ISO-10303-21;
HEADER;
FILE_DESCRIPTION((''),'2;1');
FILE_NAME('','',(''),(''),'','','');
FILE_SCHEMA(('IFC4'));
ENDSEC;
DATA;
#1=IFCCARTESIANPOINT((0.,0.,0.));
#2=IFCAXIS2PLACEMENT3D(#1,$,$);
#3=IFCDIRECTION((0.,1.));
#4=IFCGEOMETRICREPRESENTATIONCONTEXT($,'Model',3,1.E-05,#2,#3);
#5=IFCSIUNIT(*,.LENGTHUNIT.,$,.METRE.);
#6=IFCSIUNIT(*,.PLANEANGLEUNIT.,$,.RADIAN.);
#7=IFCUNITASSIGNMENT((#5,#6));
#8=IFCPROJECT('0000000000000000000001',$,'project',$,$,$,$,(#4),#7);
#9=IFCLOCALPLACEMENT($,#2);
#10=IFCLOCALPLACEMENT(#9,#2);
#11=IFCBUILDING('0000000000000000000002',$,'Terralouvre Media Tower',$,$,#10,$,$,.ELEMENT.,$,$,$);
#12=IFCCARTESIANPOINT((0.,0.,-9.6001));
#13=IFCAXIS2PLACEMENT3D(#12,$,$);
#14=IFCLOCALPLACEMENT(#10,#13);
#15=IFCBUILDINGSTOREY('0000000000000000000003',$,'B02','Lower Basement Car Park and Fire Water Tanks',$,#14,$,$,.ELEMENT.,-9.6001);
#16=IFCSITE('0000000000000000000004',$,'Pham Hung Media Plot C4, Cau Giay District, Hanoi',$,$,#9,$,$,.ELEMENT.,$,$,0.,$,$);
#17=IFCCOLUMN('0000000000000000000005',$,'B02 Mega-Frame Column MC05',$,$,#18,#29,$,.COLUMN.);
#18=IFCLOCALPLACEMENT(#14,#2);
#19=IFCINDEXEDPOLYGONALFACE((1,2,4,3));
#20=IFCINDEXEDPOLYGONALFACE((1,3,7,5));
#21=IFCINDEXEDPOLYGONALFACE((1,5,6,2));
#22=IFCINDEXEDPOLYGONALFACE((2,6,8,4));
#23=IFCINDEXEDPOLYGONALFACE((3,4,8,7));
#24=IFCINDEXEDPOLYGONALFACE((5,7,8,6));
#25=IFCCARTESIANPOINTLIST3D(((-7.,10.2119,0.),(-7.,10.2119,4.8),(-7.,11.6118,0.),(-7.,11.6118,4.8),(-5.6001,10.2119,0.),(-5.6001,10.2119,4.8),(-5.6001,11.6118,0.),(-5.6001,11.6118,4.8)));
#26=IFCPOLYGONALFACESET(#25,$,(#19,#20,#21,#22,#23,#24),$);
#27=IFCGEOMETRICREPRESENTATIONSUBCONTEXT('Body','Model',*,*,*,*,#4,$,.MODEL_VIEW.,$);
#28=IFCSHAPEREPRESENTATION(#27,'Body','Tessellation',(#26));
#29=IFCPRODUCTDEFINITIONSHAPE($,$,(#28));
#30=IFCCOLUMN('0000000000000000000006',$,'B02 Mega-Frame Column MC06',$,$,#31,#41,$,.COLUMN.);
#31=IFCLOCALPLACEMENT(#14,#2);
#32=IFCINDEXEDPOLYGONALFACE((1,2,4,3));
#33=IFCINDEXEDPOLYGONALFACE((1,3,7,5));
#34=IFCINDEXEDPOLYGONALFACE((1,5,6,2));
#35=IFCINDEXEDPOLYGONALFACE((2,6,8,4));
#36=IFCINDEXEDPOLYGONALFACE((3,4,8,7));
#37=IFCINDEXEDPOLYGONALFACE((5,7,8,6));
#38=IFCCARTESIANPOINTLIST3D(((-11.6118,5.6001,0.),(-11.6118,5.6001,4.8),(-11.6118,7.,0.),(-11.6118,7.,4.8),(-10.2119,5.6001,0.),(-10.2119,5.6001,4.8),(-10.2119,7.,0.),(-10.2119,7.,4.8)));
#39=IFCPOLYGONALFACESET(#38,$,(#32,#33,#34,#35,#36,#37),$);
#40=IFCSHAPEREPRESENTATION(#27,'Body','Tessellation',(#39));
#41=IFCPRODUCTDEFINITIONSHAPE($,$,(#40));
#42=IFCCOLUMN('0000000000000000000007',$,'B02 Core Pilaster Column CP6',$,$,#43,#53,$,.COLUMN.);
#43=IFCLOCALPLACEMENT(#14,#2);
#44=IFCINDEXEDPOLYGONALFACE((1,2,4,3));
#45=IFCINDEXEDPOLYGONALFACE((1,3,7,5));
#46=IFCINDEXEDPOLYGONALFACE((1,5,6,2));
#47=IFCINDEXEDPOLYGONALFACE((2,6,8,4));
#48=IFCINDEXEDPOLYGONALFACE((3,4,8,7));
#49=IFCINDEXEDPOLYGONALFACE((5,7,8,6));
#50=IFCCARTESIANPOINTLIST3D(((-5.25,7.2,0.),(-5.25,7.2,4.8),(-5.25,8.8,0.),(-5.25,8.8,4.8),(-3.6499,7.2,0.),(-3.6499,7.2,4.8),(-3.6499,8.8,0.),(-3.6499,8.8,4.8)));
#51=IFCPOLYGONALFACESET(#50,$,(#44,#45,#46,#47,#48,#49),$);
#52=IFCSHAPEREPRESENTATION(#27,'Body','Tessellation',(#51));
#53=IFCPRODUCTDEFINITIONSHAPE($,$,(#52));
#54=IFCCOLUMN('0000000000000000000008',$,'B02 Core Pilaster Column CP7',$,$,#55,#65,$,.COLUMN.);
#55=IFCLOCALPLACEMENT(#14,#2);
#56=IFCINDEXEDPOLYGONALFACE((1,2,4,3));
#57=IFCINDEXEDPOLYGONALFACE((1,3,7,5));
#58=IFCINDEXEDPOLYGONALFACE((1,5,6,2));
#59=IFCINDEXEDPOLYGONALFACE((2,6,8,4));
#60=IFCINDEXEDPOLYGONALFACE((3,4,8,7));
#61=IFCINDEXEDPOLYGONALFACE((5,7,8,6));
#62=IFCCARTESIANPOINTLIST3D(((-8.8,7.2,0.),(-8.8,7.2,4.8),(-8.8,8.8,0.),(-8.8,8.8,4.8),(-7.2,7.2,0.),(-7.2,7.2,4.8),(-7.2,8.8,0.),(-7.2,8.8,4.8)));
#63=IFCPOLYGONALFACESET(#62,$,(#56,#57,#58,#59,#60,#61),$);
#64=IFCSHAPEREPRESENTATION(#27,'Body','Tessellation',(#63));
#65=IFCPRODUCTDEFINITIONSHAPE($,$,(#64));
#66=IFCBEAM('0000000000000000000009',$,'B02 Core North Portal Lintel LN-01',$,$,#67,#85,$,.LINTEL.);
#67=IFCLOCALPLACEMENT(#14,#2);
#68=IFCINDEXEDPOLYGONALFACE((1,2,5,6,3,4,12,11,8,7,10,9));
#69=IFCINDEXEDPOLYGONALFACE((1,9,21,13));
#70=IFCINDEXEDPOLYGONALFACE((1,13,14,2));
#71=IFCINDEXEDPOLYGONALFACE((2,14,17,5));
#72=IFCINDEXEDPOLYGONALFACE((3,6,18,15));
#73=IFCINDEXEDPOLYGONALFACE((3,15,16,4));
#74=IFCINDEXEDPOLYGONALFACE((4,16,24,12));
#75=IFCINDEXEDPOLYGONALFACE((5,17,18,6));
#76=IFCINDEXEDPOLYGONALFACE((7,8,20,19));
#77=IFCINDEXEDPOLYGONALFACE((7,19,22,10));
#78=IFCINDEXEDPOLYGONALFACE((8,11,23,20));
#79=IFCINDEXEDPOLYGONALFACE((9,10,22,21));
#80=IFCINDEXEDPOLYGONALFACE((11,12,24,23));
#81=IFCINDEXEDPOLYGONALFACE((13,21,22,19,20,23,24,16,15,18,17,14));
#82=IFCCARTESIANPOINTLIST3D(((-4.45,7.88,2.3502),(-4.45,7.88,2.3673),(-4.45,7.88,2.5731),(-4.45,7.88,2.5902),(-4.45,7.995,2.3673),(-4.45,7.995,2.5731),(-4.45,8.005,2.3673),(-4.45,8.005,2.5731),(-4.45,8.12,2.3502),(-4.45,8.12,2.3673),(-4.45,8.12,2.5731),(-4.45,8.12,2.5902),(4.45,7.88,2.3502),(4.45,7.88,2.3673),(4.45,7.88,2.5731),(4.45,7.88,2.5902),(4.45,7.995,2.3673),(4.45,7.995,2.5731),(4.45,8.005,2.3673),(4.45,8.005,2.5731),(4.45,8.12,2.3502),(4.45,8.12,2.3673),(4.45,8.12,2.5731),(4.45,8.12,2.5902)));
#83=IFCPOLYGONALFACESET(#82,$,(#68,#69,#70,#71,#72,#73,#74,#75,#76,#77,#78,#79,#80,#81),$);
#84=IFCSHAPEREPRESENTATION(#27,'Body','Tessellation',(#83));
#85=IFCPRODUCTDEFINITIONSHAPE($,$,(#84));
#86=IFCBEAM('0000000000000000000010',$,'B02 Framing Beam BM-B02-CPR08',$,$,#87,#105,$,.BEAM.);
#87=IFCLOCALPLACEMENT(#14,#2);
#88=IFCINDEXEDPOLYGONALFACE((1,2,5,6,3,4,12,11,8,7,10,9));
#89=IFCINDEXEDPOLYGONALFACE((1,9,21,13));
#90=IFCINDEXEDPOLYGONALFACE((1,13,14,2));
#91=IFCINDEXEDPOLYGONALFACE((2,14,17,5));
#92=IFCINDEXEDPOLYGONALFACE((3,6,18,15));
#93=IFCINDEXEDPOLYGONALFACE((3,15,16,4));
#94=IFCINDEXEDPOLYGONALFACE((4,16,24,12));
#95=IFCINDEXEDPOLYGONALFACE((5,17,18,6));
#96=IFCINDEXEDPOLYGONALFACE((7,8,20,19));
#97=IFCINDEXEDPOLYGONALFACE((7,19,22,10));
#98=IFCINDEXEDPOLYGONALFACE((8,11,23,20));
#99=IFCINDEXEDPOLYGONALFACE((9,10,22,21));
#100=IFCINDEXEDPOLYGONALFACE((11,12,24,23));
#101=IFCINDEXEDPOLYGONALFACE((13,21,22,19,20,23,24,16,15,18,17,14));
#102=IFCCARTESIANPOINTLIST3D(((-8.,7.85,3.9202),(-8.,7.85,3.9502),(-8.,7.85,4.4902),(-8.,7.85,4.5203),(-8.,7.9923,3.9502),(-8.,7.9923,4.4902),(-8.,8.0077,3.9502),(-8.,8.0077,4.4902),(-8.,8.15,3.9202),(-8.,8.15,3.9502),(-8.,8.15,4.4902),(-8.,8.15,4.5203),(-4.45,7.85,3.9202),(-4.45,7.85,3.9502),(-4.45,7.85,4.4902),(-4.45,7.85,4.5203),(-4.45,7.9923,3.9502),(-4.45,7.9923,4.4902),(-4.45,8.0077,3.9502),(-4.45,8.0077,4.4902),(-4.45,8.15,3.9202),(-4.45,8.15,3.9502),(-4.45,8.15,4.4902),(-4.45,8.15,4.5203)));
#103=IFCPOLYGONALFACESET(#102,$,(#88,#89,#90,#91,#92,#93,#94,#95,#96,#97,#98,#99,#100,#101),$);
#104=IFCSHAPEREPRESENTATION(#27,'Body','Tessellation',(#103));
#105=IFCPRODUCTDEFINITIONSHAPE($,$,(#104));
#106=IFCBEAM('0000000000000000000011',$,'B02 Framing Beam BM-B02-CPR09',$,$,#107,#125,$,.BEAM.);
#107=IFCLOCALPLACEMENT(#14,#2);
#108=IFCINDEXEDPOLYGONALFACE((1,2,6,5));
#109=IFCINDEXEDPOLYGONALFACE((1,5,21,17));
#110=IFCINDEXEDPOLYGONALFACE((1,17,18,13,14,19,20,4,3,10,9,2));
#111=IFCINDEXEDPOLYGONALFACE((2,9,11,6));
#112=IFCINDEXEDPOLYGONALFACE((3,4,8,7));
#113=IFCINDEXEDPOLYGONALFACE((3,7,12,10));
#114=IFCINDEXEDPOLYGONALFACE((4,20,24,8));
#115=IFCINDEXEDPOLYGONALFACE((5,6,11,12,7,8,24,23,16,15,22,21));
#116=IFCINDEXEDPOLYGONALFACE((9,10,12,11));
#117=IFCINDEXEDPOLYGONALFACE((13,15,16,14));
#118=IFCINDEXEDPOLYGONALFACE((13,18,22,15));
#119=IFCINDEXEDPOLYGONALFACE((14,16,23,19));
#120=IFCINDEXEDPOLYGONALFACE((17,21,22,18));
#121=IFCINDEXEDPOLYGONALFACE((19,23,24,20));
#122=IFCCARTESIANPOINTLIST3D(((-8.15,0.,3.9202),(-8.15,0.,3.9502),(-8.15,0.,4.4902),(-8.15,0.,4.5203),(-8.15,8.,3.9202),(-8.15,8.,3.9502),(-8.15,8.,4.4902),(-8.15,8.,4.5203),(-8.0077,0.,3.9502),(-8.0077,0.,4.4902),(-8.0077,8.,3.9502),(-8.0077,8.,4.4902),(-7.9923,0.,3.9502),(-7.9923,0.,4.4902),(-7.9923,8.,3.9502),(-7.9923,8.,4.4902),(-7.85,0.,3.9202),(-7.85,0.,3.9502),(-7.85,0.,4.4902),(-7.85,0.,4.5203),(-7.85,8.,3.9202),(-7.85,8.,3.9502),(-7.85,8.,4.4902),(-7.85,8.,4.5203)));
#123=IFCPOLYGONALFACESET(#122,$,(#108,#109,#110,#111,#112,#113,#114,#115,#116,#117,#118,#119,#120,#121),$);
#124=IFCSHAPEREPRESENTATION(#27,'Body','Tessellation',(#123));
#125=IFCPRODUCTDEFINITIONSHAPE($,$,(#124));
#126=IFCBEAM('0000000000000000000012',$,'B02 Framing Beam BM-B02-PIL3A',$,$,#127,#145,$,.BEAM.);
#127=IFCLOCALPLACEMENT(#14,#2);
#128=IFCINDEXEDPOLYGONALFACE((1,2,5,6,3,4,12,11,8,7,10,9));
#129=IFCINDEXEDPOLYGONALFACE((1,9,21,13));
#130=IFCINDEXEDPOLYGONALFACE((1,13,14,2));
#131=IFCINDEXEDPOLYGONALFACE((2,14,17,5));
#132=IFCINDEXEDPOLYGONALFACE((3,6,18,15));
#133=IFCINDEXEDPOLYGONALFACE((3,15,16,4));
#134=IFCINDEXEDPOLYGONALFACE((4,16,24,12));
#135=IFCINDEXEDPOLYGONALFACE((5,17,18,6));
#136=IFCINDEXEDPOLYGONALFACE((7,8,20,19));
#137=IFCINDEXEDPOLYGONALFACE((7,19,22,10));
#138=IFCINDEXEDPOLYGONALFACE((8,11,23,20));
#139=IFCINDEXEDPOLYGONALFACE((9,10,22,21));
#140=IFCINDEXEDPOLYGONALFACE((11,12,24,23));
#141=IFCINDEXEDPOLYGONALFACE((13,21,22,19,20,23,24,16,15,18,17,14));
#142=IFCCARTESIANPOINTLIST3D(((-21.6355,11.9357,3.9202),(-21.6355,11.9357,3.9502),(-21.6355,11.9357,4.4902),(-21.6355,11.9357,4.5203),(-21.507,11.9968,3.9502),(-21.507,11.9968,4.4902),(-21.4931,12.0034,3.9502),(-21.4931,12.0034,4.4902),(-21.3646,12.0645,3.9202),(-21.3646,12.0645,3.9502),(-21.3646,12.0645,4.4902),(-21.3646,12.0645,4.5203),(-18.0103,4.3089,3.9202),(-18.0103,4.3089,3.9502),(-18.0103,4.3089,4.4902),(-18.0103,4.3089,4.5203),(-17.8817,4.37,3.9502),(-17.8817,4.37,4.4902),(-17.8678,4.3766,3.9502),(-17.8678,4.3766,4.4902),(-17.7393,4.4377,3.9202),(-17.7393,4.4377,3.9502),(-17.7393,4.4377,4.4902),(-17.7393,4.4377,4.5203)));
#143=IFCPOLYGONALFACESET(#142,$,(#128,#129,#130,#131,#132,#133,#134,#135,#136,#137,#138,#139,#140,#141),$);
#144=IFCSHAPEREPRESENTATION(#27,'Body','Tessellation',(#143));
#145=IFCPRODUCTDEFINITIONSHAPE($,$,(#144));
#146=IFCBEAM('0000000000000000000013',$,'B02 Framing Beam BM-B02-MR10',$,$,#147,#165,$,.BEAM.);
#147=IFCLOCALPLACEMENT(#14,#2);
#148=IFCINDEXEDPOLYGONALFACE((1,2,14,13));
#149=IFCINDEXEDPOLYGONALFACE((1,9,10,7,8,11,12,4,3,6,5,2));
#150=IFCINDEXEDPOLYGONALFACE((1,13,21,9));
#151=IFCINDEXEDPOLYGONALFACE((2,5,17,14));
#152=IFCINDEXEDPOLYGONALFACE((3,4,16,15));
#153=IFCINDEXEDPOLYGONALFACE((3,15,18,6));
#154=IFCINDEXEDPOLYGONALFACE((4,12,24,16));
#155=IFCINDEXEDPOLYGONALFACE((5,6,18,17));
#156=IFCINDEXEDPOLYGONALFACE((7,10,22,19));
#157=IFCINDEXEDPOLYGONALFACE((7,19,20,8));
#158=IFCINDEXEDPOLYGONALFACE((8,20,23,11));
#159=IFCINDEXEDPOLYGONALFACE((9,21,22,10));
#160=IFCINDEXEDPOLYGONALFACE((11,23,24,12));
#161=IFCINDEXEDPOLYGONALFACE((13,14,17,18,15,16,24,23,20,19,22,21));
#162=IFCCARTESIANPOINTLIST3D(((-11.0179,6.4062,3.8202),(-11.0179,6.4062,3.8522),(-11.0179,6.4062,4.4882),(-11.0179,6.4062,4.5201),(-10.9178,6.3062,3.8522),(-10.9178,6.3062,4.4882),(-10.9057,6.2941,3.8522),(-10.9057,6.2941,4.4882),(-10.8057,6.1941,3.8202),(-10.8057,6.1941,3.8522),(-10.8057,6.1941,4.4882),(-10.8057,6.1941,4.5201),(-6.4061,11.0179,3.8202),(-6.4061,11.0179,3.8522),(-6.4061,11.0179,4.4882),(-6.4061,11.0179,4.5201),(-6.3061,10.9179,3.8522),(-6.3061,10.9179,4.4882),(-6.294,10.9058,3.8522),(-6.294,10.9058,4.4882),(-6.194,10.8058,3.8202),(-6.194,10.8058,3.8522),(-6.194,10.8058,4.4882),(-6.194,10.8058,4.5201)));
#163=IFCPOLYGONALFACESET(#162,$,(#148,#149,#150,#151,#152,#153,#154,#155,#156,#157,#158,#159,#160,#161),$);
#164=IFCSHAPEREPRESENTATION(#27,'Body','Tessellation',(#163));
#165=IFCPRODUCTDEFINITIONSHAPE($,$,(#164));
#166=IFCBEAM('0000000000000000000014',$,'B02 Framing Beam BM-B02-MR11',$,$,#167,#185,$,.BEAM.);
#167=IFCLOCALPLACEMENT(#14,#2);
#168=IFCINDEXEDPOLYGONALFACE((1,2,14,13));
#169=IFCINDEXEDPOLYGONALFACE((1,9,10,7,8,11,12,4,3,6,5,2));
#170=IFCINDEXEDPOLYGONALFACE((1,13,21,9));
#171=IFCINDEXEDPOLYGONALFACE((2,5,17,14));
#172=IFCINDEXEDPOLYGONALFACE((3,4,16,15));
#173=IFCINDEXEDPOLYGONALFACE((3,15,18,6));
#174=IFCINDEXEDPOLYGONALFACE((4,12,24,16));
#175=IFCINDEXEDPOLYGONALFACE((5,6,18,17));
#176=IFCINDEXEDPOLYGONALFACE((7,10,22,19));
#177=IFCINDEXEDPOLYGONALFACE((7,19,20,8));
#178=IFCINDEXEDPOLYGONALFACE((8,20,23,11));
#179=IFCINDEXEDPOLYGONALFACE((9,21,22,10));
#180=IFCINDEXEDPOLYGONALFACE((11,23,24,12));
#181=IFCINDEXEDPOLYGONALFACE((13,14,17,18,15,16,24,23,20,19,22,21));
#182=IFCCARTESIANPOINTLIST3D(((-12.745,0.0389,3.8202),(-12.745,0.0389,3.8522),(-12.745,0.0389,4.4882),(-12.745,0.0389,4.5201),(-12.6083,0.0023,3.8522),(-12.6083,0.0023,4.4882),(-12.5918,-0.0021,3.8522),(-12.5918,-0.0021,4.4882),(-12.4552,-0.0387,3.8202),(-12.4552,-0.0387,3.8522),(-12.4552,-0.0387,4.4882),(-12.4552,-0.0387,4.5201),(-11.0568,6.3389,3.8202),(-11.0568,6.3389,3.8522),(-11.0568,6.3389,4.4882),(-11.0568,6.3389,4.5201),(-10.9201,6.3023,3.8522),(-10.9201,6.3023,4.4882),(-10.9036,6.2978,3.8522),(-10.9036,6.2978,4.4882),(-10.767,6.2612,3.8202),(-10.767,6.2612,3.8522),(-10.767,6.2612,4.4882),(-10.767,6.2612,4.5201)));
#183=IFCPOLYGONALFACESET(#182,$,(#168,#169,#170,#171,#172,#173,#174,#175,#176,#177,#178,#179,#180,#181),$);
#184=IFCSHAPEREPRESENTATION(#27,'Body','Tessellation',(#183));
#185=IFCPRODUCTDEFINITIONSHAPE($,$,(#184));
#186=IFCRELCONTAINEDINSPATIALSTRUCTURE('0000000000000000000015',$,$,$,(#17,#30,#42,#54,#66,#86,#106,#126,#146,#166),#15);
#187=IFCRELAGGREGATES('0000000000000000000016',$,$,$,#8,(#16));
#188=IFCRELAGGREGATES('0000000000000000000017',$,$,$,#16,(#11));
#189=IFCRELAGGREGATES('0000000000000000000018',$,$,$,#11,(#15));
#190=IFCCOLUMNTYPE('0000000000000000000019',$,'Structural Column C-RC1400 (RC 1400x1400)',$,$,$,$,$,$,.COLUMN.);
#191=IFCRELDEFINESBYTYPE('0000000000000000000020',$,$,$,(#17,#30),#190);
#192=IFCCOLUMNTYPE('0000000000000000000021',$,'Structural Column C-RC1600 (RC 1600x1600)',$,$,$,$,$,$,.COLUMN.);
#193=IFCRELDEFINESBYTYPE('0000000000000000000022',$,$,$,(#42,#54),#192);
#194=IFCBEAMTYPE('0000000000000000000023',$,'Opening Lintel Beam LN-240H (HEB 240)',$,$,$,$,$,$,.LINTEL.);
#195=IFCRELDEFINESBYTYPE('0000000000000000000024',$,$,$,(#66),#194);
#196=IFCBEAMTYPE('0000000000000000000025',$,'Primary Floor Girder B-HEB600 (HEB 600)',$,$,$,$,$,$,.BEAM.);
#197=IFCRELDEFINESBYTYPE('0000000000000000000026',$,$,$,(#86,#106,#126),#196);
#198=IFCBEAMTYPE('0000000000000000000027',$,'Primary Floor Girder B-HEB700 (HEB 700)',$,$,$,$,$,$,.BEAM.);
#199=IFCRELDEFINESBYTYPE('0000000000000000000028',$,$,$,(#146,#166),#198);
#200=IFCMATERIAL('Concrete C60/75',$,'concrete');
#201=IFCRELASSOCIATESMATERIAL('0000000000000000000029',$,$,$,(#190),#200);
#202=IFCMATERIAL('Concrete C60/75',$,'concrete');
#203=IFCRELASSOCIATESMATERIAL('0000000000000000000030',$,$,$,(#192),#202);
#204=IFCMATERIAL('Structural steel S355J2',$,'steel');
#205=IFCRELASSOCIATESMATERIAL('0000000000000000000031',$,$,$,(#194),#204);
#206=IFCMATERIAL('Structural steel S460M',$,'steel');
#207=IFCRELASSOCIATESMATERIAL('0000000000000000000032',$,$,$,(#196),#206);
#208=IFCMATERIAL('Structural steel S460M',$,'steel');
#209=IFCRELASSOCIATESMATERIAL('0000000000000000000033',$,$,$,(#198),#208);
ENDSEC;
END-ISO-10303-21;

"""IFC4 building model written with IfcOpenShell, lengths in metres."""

from ifc_helpers import new_model, si_unit, direction, frame, origin, origin_2d, place, context, subcontext, project, spatial, rectangle, i_section, extrude, material, material_profile, profile_set, type_object, element, save


model = new_model("IFC4")

# Units and contexts
model_context = context("Model", 3, precision=1e-05, world=origin(), true_north=direction((0.0, 1.0)))
body_context = subcontext(model_context, "Body", "Model", "MODEL_VIEW")
ifc_project = project(units=[si_unit("LENGTHUNIT", "METRE"), si_unit("PLANEANGLEUNIT", "RADIAN")], contexts=[model_context])

# Site, building, storey
site_placement = place(None, origin())
site = spatial("IfcSite", under=ifc_project, at=site_placement, Name="Pham Hung Media Plot C4, Cau Giay District, Hanoi", CompositionType="ELEMENT", RefElevation=0.0)
building_placement = place(site_placement, origin())
building = spatial("IfcBuilding", under=site, at=building_placement, Name="Terralouvre Media Tower", CompositionType="ELEMENT")
storey_placement = place(building_placement, frame((0.0, 0.0, -9.6001)))
storey = spatial("IfcBuildingStorey", under=building, at=storey_placement, Name="B02", Description="Lower Basement Car Park and Fire Water Tanks", CompositionType="ELEMENT", Elevation=-9.6001)

# Columns
ifc_material_1 = material(Name="Concrete C60/75", Category="concrete")
ifc_material_profile_1 = material_profile(ifc_material_1, rectangle(XDim=1.3999, YDim=1.3999, at=origin_2d()), Name="RC 1400x1400")
ifc_profile_set_1 = profile_set([ifc_material_profile_1], Name="Concrete C60/75")
column_type_1 = type_object("IfcColumnType", Name="Structural Column C-RC1400 (RC 1400x1400)", PredefinedType="COLUMN", material=ifc_profile_set_1)
for number, where, z_axis, x_axis, name in (
    (1, (-6.3, 10.9119, 0.0), (0.0, 0.0, 1.0), (1.0, 0.0, 0.0), "B02 Mega-Frame Column MC05"),
    (2, (-10.9119, 6.3, 0.0), (0.0, 0.0, 1.0), (1.0, 0.0, 0.0), "B02 Mega-Frame Column MC06"),
):
    element("IfcColumn", number, at=place(storey_placement, frame(where, z_axis=z_axis, x_axis=x_axis)), inside=storey, type_object=column_type_1, Name=name, PredefinedType="COLUMN", context=body_context, shape_type="SweptSolid", body=[
        extrude(rectangle(XDim=1.3999, YDim=1.3999, at=origin_2d()), origin(), (0.0, 0.0, 1.0), 4.8),
    ])
ifc_material_2 = material(Name="Concrete C60/75", Category="concrete")
ifc_material_profile_2 = material_profile(ifc_material_2, rectangle(XDim=1.6001, YDim=1.6001, at=origin_2d()), Name="RC 1600x1600")
ifc_profile_set_2 = profile_set([ifc_material_profile_2], Name="Concrete C60/75")
column_type_2 = type_object("IfcColumnType", Name="Structural Column C-RC1600 (RC 1600x1600)", PredefinedType="COLUMN", material=ifc_profile_set_2)
for number, where, z_axis, x_axis, name in (
    (3, (-4.45, 8.0, 0.0), (0.0, 0.0, 1.0), (1.0, 0.0, 0.0), "B02 Core Pilaster Column CP6"),
    (4, (-8.0, 8.0, 0.0), (0.0, 0.0, 1.0), (1.0, 0.0, 0.0), "B02 Core Pilaster Column CP7"),
):
    element("IfcColumn", number, at=place(storey_placement, frame(where, z_axis=z_axis, x_axis=x_axis)), inside=storey, type_object=column_type_2, Name=name, PredefinedType="COLUMN", context=body_context, shape_type="SweptSolid", body=[
        extrude(rectangle(XDim=1.6001, YDim=1.6001, at=origin_2d()), origin(), (0.0, 0.0, 1.0), 4.8),
    ])

# Beams
ifc_material_3 = material(Name="Structural steel S355J2", Category="steel")
ifc_material_profile_3 = material_profile(ifc_material_3, i_section(OverallWidth=0.24, OverallDepth=0.24, WebThickness=0.01, FlangeThickness=0.0171, at=origin_2d()), Name="HEB 240")
ifc_profile_set_3 = profile_set([ifc_material_profile_3], Name="Structural steel S355J2")
beam_type_1 = type_object("IfcBeamType", Name="Opening Lintel Beam LN-240H (HEB 240)", PredefinedType="LINTEL", material=ifc_profile_set_3)
beam_1_placement = place(storey_placement, frame((-4.45, 8.0, 2.4702), z_axis=(1.0, 0.0, 0.0), x_axis=(0.0, 1.0, 0.0)))
element("IfcBeam", 5, at=beam_1_placement, inside=storey, type_object=beam_type_1, Name="B02 Core North Portal Lintel LN-01", PredefinedType="LINTEL", context=body_context, shape_type="SweptSolid", body=[
    extrude(i_section(OverallWidth=0.24, OverallDepth=0.24, WebThickness=0.01, FlangeThickness=0.0171, at=origin_2d()), origin(), (0.0, 0.0, 1.0), 8.8999),
])
ifc_material_4 = material(Name="Structural steel S460M", Category="steel")
ifc_material_profile_4 = material_profile(ifc_material_4, i_section(OverallWidth=0.3, OverallDepth=0.6001, WebThickness=0.0154, FlangeThickness=0.03, at=origin_2d()), Name="HEB 600")
ifc_profile_set_4 = profile_set([ifc_material_profile_4], Name="Structural steel S460M")
beam_type_2 = type_object("IfcBeamType", Name="Primary Floor Girder B-HEB600 (HEB 600)", PredefinedType="BEAM", material=ifc_profile_set_4)
beam_2_placement = place(storey_placement, frame((-4.45, 8.0, 4.2202), z_axis=(-1.0, 0.0, 0.0), x_axis=(0.0, -1.0, 0.0)))
element("IfcBeam", 6, at=beam_2_placement, inside=storey, type_object=beam_type_2, Name="B02 Framing Beam BM-B02-CPR08", PredefinedType="BEAM", context=body_context, shape_type="SweptSolid", body=[
    extrude(i_section(OverallWidth=0.3, OverallDepth=0.6001, WebThickness=0.0154, FlangeThickness=0.03, at=origin_2d()), origin(), (0.0, 0.0, 1.0), 3.55),
])
beam_3_placement = place(storey_placement, frame((-8.0, 8.0, 4.2202), z_axis=(0.0, -1.0, 0.0), x_axis=(1.0, 0.0, 0.0)))
element("IfcBeam", 7, at=beam_3_placement, inside=storey, type_object=beam_type_2, Name="B02 Framing Beam BM-B02-CPR09", PredefinedType="BEAM", context=body_context, shape_type="SweptSolid", body=[
    extrude(i_section(OverallWidth=0.3, OverallDepth=0.6001, WebThickness=0.0154, FlangeThickness=0.03, at=origin_2d()), origin(), (0.0, 0.0, 1.0), 8.0),
])
beam_4_placement = place(storey_placement, frame((-17.8748, 4.3733, 4.2202), z_axis=(-0.429304, 0.90316, 0.0), x_axis=(-0.90316, -0.429304, 0.0)))
element("IfcBeam", 8, at=beam_4_placement, inside=storey, type_object=beam_type_2, Name="B02 Framing Beam BM-B02-PIL3A", PredefinedType="BEAM", context=body_context, shape_type="SweptSolid", body=[
    extrude(i_section(OverallWidth=0.3, OverallDepth=0.6001, WebThickness=0.0154, FlangeThickness=0.03, at=origin_2d()), origin(), (0.0, 0.0, 1.0), 8.4446),
])
ifc_material_5 = material(Name="Structural steel S460M", Category="steel")
ifc_material_profile_5 = material_profile(ifc_material_5, i_section(OverallWidth=0.3, OverallDepth=0.7, WebThickness=0.0171, FlangeThickness=0.032, at=origin_2d()), Name="HEB 700")
ifc_profile_set_5 = profile_set([ifc_material_profile_5], Name="Structural steel S460M")
beam_type_3 = type_object("IfcBeamType", Name="Primary Floor Girder B-HEB700 (HEB 700)", PredefinedType="BEAM", material=ifc_profile_set_5)
beam_5_placement = place(storey_placement, frame((-6.3, 10.9119, 4.1702), z_axis=(-0.707107, -0.707107, 0.0), x_axis=(0.707107, -0.707107, 0.0)))
element("IfcBeam", 9, at=beam_5_placement, inside=storey, type_object=beam_type_3, Name="B02 Framing Beam BM-B02-MR10", PredefinedType="BEAM", context=body_context, shape_type="SweptSolid", body=[
    extrude(i_section(OverallWidth=0.3, OverallDepth=0.7, WebThickness=0.0171, FlangeThickness=0.032, at=origin_2d()), origin(), (0.0, 0.0, 1.0), 6.522),
])
beam_6_placement = place(storey_placement, frame((-10.9119, 6.3, 4.1702), z_axis=(-0.258839, -0.96592, 0.0), x_axis=(0.96592, -0.258839, 0.0)))
element("IfcBeam", 10, at=beam_6_placement, inside=storey, type_object=beam_type_3, Name="B02 Framing Beam BM-B02-MR11", PredefinedType="BEAM", context=body_context, shape_type="SweptSolid", body=[
    extrude(i_section(OverallWidth=0.3, OverallDepth=0.7, WebThickness=0.0171, FlangeThickness=0.032, at=origin_2d()), origin(), (0.0, 0.0, 1.0), 6.5222),
])

save(model, "model.ifc")
